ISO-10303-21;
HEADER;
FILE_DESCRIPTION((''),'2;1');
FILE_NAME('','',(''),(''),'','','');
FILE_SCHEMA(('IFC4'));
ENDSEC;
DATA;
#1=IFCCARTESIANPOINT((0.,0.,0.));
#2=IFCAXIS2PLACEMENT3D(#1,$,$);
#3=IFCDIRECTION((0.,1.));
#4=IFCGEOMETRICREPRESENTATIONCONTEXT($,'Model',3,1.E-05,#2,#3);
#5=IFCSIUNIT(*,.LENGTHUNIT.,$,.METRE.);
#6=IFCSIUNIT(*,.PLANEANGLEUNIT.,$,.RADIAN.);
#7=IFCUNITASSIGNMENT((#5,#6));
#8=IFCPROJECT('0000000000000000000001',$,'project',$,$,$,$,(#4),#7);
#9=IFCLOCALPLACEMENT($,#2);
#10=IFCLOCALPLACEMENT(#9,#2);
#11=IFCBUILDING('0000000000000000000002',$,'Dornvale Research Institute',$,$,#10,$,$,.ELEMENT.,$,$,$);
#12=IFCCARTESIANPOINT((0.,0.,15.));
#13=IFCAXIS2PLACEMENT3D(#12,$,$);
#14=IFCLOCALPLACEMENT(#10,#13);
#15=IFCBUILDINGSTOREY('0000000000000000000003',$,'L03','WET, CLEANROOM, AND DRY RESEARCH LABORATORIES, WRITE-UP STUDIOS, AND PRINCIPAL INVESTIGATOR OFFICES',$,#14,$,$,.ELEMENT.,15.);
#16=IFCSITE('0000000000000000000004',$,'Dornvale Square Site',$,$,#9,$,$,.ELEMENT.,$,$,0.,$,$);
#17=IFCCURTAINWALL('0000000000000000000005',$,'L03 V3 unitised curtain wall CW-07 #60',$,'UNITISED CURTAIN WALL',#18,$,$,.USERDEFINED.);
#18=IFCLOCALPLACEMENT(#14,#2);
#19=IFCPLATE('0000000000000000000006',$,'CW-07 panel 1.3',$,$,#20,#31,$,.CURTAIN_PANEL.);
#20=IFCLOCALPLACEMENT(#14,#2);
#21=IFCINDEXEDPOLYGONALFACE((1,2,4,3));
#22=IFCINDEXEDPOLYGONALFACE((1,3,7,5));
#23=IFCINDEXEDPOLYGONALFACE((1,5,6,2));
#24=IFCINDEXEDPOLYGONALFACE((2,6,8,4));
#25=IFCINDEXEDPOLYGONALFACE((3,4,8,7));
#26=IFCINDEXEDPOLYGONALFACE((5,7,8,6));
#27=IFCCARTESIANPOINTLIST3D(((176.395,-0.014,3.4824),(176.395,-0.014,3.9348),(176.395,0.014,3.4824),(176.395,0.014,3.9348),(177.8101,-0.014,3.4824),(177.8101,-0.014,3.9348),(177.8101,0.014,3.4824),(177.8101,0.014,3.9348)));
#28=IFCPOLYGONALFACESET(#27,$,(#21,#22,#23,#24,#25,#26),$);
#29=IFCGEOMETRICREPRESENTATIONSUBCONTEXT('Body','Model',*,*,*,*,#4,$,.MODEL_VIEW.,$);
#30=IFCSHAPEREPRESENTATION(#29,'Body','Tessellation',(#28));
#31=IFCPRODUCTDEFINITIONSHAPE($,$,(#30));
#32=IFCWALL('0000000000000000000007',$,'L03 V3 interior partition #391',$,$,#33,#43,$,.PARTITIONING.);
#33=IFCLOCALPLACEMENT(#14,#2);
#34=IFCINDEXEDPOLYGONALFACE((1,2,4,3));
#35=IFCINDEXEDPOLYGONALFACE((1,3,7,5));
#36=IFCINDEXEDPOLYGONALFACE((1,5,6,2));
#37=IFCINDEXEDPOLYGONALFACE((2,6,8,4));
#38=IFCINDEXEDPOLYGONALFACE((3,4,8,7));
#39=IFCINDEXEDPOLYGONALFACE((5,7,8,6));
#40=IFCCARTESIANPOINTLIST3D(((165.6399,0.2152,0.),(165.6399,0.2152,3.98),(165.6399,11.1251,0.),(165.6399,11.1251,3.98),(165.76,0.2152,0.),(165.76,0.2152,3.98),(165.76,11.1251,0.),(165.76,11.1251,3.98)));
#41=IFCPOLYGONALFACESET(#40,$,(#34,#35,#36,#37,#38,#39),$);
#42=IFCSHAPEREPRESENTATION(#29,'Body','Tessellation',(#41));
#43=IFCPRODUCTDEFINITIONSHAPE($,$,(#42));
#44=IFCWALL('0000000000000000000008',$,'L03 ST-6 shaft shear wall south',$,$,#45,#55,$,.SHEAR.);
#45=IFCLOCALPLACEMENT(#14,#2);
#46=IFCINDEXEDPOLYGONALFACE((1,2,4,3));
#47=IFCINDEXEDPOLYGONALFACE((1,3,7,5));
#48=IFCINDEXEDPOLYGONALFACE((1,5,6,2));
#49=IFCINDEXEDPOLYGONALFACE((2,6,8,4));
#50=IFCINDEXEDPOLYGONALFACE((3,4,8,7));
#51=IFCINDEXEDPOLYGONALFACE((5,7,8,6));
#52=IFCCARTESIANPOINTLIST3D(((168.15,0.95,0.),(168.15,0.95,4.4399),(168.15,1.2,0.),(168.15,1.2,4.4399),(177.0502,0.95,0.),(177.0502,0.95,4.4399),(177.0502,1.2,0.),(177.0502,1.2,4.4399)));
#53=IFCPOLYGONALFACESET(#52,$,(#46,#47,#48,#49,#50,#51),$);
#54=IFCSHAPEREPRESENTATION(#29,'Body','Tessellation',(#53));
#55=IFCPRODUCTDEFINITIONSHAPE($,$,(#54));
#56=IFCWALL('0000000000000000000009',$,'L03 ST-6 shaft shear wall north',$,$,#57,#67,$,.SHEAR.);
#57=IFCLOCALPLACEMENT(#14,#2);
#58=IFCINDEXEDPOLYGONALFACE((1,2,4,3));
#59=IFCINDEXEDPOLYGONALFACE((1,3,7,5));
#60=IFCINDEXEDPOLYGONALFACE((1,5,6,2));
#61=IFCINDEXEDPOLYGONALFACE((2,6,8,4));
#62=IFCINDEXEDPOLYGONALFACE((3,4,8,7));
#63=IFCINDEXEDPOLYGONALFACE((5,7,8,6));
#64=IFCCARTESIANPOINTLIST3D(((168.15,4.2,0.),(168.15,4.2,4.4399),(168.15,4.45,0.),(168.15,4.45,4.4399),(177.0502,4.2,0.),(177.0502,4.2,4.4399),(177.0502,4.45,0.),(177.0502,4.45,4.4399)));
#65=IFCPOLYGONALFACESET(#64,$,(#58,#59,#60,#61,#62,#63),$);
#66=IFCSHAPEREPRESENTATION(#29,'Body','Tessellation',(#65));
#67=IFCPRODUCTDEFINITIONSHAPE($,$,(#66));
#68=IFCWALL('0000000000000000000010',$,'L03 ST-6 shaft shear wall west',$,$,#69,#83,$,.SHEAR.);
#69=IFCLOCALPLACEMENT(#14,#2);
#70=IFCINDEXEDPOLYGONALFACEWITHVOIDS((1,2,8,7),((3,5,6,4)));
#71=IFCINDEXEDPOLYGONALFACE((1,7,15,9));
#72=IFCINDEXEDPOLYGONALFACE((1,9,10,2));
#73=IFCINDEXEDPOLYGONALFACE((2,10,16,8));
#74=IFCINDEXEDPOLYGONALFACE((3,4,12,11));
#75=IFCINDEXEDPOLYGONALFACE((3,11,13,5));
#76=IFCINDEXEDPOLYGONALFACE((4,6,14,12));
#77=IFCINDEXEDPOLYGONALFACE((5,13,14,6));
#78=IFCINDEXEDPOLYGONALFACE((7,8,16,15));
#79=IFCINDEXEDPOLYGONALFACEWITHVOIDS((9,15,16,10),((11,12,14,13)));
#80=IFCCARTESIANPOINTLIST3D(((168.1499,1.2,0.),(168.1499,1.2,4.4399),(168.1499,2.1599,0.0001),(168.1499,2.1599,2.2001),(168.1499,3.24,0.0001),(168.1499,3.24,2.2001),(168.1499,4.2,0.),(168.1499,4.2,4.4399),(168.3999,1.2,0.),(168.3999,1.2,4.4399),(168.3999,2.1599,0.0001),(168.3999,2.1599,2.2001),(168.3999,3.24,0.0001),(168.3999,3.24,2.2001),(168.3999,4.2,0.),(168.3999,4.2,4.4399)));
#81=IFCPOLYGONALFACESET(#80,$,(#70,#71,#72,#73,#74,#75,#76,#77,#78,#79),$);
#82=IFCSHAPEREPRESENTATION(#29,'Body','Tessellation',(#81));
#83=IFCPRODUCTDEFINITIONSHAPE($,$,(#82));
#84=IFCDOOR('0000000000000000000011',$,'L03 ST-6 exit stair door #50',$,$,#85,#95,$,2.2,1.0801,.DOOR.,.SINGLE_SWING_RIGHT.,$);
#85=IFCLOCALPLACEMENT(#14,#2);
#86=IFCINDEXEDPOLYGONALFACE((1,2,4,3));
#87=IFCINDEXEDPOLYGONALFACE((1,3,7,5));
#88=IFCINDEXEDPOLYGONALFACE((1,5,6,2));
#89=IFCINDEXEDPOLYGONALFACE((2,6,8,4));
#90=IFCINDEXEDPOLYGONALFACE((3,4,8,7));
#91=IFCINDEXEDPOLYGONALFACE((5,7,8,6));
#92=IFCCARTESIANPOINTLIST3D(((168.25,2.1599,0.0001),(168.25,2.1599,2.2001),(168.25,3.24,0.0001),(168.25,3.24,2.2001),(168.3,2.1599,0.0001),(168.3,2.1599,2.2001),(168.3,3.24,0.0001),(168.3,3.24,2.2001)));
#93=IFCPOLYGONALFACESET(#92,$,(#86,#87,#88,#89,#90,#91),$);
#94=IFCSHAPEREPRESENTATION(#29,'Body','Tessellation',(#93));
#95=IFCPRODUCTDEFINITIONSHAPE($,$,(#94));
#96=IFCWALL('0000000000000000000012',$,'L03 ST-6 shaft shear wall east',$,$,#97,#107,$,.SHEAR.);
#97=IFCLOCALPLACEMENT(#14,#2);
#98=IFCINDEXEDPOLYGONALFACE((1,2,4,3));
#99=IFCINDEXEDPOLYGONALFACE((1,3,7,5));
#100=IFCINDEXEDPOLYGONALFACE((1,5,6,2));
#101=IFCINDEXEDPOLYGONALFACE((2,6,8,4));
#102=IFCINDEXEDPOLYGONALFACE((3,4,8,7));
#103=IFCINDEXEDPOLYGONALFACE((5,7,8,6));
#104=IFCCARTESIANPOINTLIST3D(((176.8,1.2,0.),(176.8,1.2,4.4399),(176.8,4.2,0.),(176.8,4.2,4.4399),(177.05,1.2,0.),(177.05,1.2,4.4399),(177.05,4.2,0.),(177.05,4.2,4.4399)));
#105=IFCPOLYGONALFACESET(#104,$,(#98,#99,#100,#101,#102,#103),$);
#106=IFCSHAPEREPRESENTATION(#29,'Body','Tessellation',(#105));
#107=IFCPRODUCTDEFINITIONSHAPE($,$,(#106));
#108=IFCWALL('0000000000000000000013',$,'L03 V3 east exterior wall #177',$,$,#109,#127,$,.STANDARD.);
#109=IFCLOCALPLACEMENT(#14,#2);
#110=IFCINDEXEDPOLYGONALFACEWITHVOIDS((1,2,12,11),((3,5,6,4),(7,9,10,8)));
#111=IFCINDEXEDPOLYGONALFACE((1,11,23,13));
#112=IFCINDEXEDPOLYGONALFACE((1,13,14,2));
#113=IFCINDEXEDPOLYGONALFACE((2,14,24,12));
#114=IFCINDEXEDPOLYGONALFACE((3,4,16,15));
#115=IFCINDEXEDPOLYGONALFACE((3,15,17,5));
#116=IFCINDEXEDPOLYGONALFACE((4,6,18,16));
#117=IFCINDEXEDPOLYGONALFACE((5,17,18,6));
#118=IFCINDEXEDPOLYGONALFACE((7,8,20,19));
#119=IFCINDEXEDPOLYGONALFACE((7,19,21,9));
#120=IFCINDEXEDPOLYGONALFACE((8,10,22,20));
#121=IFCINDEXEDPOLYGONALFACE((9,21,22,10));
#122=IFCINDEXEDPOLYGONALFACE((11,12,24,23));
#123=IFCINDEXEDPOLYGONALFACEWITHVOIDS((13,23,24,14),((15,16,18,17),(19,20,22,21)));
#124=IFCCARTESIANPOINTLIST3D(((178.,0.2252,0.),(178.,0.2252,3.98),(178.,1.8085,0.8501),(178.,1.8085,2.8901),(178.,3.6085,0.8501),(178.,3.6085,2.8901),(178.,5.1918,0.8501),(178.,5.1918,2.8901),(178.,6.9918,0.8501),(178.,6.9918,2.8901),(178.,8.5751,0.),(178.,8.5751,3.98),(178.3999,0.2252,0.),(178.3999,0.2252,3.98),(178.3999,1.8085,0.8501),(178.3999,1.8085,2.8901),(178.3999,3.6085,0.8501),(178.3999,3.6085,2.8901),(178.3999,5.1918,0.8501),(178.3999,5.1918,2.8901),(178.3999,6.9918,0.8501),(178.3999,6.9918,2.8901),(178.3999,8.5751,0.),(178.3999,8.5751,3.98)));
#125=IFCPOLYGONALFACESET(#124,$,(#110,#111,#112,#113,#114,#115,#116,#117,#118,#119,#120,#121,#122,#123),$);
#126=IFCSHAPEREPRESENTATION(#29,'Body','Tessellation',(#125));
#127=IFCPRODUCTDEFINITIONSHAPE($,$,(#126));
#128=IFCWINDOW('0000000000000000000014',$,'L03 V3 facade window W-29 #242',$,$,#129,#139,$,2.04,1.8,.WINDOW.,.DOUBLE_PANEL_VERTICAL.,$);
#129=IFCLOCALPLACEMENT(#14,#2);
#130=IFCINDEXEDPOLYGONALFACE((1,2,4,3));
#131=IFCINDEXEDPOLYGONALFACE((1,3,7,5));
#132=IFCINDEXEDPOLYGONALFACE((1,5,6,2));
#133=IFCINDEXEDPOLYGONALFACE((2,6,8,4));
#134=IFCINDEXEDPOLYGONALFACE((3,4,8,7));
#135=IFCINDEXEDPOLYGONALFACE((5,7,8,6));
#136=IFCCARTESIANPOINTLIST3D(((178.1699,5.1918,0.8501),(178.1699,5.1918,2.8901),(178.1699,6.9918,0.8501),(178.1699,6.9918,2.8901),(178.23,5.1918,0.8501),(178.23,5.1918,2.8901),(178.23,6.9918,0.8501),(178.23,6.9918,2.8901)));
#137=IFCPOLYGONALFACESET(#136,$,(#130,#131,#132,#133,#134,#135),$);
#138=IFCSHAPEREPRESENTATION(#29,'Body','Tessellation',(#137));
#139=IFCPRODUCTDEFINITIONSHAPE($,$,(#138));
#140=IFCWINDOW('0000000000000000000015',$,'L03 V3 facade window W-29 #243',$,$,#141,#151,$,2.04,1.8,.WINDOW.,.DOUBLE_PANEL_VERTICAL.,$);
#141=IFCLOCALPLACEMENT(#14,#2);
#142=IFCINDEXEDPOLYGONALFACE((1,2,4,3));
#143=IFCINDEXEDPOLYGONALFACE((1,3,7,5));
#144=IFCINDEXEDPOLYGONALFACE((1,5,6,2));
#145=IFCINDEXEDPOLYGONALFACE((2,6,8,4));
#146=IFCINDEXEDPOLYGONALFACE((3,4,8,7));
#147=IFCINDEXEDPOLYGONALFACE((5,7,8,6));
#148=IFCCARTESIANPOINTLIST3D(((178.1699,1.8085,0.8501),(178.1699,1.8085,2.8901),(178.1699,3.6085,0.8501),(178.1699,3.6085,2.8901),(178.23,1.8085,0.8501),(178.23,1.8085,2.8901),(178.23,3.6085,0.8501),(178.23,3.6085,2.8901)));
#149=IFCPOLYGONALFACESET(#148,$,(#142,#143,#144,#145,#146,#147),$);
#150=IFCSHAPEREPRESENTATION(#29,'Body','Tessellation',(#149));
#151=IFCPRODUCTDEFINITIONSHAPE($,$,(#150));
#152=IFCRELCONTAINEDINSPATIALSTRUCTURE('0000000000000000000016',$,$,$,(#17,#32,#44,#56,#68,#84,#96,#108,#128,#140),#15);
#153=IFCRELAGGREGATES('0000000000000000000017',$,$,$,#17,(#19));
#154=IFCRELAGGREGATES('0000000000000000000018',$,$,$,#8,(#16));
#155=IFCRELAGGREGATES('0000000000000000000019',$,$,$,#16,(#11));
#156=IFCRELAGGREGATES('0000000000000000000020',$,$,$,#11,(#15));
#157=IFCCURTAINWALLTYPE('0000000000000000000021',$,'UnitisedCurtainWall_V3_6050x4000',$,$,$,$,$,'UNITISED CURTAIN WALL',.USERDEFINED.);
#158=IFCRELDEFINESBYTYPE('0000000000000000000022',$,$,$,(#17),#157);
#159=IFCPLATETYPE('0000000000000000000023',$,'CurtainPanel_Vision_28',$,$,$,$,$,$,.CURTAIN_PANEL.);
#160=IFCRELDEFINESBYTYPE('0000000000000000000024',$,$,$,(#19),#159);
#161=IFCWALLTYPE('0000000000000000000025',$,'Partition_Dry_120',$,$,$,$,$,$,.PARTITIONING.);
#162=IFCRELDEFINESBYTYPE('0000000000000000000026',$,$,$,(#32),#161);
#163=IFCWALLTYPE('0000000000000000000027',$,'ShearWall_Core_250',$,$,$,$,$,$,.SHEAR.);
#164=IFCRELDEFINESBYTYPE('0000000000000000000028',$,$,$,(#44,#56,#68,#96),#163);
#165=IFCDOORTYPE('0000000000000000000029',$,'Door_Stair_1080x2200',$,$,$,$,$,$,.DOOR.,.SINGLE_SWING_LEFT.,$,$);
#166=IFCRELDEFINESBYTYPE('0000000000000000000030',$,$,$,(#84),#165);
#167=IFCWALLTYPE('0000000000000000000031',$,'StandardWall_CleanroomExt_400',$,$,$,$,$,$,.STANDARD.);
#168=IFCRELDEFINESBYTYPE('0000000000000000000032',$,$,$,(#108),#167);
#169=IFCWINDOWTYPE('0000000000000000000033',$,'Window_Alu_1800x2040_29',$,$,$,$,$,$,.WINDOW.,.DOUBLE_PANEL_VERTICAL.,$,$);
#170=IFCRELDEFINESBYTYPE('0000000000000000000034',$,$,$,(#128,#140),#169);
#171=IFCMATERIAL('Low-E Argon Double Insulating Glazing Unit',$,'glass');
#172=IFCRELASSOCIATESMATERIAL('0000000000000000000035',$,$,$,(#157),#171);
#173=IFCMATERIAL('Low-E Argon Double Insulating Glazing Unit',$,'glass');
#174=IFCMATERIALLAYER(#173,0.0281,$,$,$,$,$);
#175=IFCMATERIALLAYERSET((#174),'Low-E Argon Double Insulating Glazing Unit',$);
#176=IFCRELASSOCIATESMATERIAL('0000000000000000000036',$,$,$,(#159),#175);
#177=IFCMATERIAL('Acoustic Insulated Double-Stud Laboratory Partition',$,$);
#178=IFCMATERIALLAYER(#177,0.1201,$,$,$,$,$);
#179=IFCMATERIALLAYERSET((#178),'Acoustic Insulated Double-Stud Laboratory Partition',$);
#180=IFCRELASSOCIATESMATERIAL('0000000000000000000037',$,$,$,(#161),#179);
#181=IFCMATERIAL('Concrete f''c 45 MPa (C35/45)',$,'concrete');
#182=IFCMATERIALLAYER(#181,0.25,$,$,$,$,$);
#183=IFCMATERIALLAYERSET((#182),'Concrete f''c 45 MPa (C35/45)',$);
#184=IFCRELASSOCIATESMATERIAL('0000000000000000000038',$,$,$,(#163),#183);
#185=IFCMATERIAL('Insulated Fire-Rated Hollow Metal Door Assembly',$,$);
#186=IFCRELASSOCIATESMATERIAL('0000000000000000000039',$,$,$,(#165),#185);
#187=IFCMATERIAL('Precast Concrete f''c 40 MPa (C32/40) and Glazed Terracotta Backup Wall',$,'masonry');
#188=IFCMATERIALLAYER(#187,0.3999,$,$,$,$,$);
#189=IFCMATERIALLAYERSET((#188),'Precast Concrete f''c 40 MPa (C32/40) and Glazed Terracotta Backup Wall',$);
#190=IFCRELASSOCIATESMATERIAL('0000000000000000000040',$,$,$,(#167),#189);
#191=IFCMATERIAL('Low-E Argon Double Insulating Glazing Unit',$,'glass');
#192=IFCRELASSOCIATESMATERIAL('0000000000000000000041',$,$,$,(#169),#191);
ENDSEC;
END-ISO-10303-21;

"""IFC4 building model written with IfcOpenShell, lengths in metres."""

from ifc_helpers import new_model, si_unit, direction, frame, frame_2d, origin, origin_2d, place, context, subcontext, project, spatial, rectangle, extrude, material, layer, layer_set, type_object, element, fill, aggregate, save


model = new_model("IFC4")

# Units and contexts
model_context = context("Model", 3, precision=1e-05, world=origin(), true_north=direction((0.0, 1.0)))
body_context = subcontext(model_context, "Body", "Model", "MODEL_VIEW")
ifc_project = project(units=[si_unit("LENGTHUNIT", "METRE"), si_unit("PLANEANGLEUNIT", "RADIAN")], contexts=[model_context])

# Site, building, storey
site_placement = place(None, origin())
site = spatial("IfcSite", under=ifc_project, at=site_placement, Name="Dornvale Square Site", CompositionType="ELEMENT", RefElevation=0.0)
building_placement = place(site_placement, origin())
building = spatial("IfcBuilding", under=site, at=building_placement, Name="Dornvale Research Institute", CompositionType="ELEMENT")
storey_placement = place(building_placement, frame((0.0, 0.0, 15.0)))
storey = spatial("IfcBuildingStorey", under=building, at=storey_placement, Name="L03", Description="WET, CLEANROOM, AND DRY RESEARCH LABORATORIES, WRITE-UP STUDIOS, AND PRINCIPAL INVESTIGATOR OFFICES", CompositionType="ELEMENT", Elevation=15.0)

# Curtain wall
ifc_material_1 = material(Name="Low-E Argon Double Insulating Glazing Unit", Category="glass")
curtain_wall_type = type_object("IfcCurtainWallType", Name="UnitisedCurtainWall_V3_6050x4000", ElementType="UNITISED CURTAIN WALL", PredefinedType="USERDEFINED", material=ifc_material_1)
curtain_wall_placement = place(storey_placement, origin())
curtain_wall = element("IfcCurtainWall", 1, at=curtain_wall_placement, inside=storey, type_object=curtain_wall_type, Name="L03 V3 unitised curtain wall CW-07 #60", ObjectType="UNITISED CURTAIN WALL", PredefinedType="USERDEFINED")

# Plate
ifc_material_2 = material(Name="Low-E Argon Double Insulating Glazing Unit", Category="glass")
ifc_layer_1 = layer(ifc_material_2, 0.0281)
ifc_layer_set_1 = layer_set([ifc_layer_1], Name="Low-E Argon Double Insulating Glazing Unit")
plate_type_1 = type_object("IfcPlateType", Name="CurtainPanel_Vision_28", PredefinedType="CURTAIN_PANEL", material=ifc_layer_set_1)
plate_1_placement = place(storey_placement, frame((177.1025, 0.0, 3.4824), z_axis=(0.0, 0.0, 1.0), x_axis=(-1.0, 0.0, 0.0)))
plate_1 = element("IfcPlate", 2, at=plate_1_placement, type_object=plate_type_1, Name="CW-07 panel 1.3", PredefinedType="CURTAIN_PANEL", context=body_context, shape_type="SweptSolid", body=[
    extrude(rectangle(XDim=1.415, YDim=0.0281, at=origin_2d()), origin(), (0.0, 0.0, 1.0), 0.4524),
])
aggregate(curtain_wall, [plate_1])

# Walls
ifc_material_3 = material(Name="Acoustic Insulated Double-Stud Laboratory Partition")
ifc_layer_2 = layer(ifc_material_3, 0.1201)
ifc_layer_set_2 = layer_set([ifc_layer_2], Name="Acoustic Insulated Double-Stud Laboratory Partition")
wall_type_1 = type_object("IfcWallType", Name="Partition_Dry_120", PredefinedType="PARTITIONING", material=ifc_layer_set_2)
wall_1_placement = place(storey_placement, frame((165.7, 0.2151, 0.0), z_axis=(0.0, 0.0, 1.0), x_axis=(0.0, 1.0, 0.0)))
element("IfcWall", 3, at=wall_1_placement, inside=storey, type_object=wall_type_1, Name="L03 V3 interior partition #391", PredefinedType="PARTITIONING", context=body_context, shape_type="SweptSolid", body=[
    extrude(rectangle(XDim=10.9099, YDim=0.1201, at=frame_2d((5.4551, 0.0))), origin(), (0.0, 0.0, 1.0), 3.98),
])
ifc_material_4 = material(Name="Concrete f'c 45 MPa (C35/45)", Category="concrete")
ifc_layer_3 = layer(ifc_material_4, 0.25)
ifc_layer_set_3 = layer_set([ifc_layer_3], Name="Concrete f'c 45 MPa (C35/45)")
wall_type_2 = type_object("IfcWallType", Name="ShearWall_Core_250", PredefinedType="SHEAR", material=ifc_layer_set_3)
for number, where, z_axis, x_axis, name in (
    (4, (168.1499, 1.075, 0.0), (0.0, 0.0, 1.0), (1.0, 0.0, 0.0), "L03 ST-6 shaft shear wall south"),
    (5, (168.1499, 4.325, 0.0), (0.0, 0.0, 1.0), (1.0, 0.0, 0.0), "L03 ST-6 shaft shear wall north"),
):
    element("IfcWall", number, at=place(storey_placement, frame(where, z_axis=z_axis, x_axis=x_axis)), inside=storey, type_object=wall_type_2, Name=name, PredefinedType="SHEAR", context=body_context, shape_type="SweptSolid", body=[
        extrude(rectangle(XDim=8.9001, YDim=0.25, at=frame_2d((4.4502, 0.0))), origin(), (0.0, 0.0, 1.0), 4.4399),
    ])

# Wall, opening, door
wall_2_placement = place(storey_placement, frame((168.2749, 1.2, 0.0), z_axis=(0.0, 0.0, 1.0), x_axis=(0.0, 1.0, 0.0)))
wall_2 = element("IfcWall", 6, at=wall_2_placement, inside=storey, type_object=wall_type_2, Name="L03 ST-6 shaft shear wall west", PredefinedType="SHEAR", context=body_context, shape_type="SweptSolid", body=[
    extrude(rectangle(XDim=3.0, YDim=0.25, at=frame_2d((1.5, 0.0))), origin(), (0.0, 0.0, 1.0), 4.4399),
])
opening_1_placement = place(wall_2_placement, frame((0.96, 0.0, 0.0)))
opening_1 = element("IfcOpeningElement", 7, at=opening_1_placement, cuts=wall_2, PredefinedType="OPENING", context=body_context, shape_type="SweptSolid", body=[
    extrude(rectangle(XDim=1.0801, YDim=2.2, at=frame_2d((0.54, 1.1001))), frame((0.0, 0.1399, 0.0), z_axis=(0.0, -1.0, 0.0), x_axis=(1.0, 0.0, 0.0)), (0.0, 0.0, 1.0), 0.28),
])
ifc_material_5 = material(Name="Insulated Fire-Rated Hollow Metal Door Assembly")
door_type = type_object("IfcDoorType", Name="Door_Stair_1080x2200", OperationType="SINGLE_SWING_LEFT", PredefinedType="DOOR", material=ifc_material_5)
door_placement = place(opening_1_placement, origin())
door = element("IfcDoor", 8, at=door_placement, inside=storey, type_object=door_type, Name="L03 ST-6 exit stair door #50", OperationType="SINGLE_SWING_RIGHT", OverallHeight=2.2, OverallWidth=1.0801, PredefinedType="DOOR", context=body_context, shape_type="SweptSolid", body=[
    extrude(rectangle(XDim=1.0801, YDim=2.2, at=frame_2d((0.54, 1.1001))), frame((0.0, 0.0249, 0.0), z_axis=(0.0, -1.0, 0.0), x_axis=(1.0, 0.0, 0.0)), (0.0, 0.0, 1.0), 0.05),
])
fill(opening_1, door)

# Wall
wall_3_placement = place(storey_placement, frame((176.925, 1.2, 0.0), z_axis=(0.0, 0.0, 1.0), x_axis=(0.0, 1.0, 0.0)))
element("IfcWall", 9, at=wall_3_placement, inside=storey, type_object=wall_type_2, Name="L03 ST-6 shaft shear wall east", PredefinedType="SHEAR", context=body_context, shape_type="SweptSolid", body=[
    extrude(rectangle(XDim=3.0, YDim=0.25, at=frame_2d((1.5, 0.0))), origin(), (0.0, 0.0, 1.0), 4.4399),
])

# Wall, openings, windows
ifc_material_6 = material(Name="Precast Concrete f'c 40 MPa (C32/40) and Glazed Terracotta Backup Wall", Category="masonry")
ifc_layer_4 = layer(ifc_material_6, 0.3999)
ifc_layer_set_4 = layer_set([ifc_layer_4], Name="Precast Concrete f'c 40 MPa (C32/40) and Glazed Terracotta Backup Wall")
wall_type_3 = type_object("IfcWallType", Name="StandardWall_CleanroomExt_400", PredefinedType="STANDARD", material=ifc_layer_set_4)
wall_4_placement = place(storey_placement, frame((178.2, 8.575, 0.0), z_axis=(0.0, 0.0, 1.0), x_axis=(0.0, -1.0, 0.0)))
wall_4 = element("IfcWall", 10, at=wall_4_placement, inside=storey, type_object=wall_type_3, Name="L03 V3 east exterior wall #177", PredefinedType="STANDARD", context=body_context, shape_type="SweptSolid", body=[
    extrude(rectangle(XDim=8.3499, YDim=0.3999, at=frame_2d((4.1748, 0.0))), origin(), (0.0, 0.0, 1.0), 3.98),
])
opening_2_placement = place(wall_4_placement, frame((1.5833, 0.0, 0.8501)))
opening_2 = element("IfcOpeningElement", 11, at=opening_2_placement, cuts=wall_4, PredefinedType="OPENING", context=body_context, shape_type="SweptSolid", body=[
    extrude(rectangle(XDim=1.8, YDim=2.04, at=frame_2d((0.8999, 1.02))), frame((0.0, 0.2148, 0.0), z_axis=(0.0, -1.0, 0.0), x_axis=(1.0, 0.0, 0.0)), (0.0, 0.0, 1.0), 0.4299),
])
opening_3_placement = place(wall_4_placement, frame((4.9666, 0.0, 0.8501)))
opening_3 = element("IfcOpeningElement", 12, at=opening_3_placement, cuts=wall_4, PredefinedType="OPENING", context=body_context, shape_type="SweptSolid", body=[
    extrude(rectangle(XDim=1.8, YDim=2.04, at=frame_2d((0.8999, 1.02))), frame((0.0, 0.2148, 0.0), z_axis=(0.0, -1.0, 0.0), x_axis=(1.0, 0.0, 0.0)), (0.0, 0.0, 1.0), 0.4299),
])
ifc_material_7 = material(Name="Low-E Argon Double Insulating Glazing Unit", Category="glass")
window_type = type_object("IfcWindowType", Name="Window_Alu_1800x2040_29", PartitioningType="DOUBLE_PANEL_VERTICAL", PredefinedType="WINDOW", material=ifc_material_7)
window_1_placement = place(opening_2_placement, origin())
window_1 = element("IfcWindow", 13, at=window_1_placement, inside=storey, type_object=window_type, Name="L03 V3 facade window W-29 #242", OverallHeight=2.04, OverallWidth=1.8, PartitioningType="DOUBLE_PANEL_VERTICAL", PredefinedType="WINDOW", context=body_context, shape_type="SweptSolid", body=[
    extrude(rectangle(XDim=1.8, YDim=2.04, at=frame_2d((0.8999, 1.02))), frame((0.0, 0.03, 0.0), z_axis=(0.0, -1.0, 0.0), x_axis=(1.0, 0.0, 0.0)), (0.0, 0.0, 1.0), 0.0601),
])
fill(opening_2, window_1)
window_2_placement = place(opening_3_placement, origin())
window_2 = element("IfcWindow", 14, at=window_2_placement, inside=storey, type_object=window_type, Name="L03 V3 facade window W-29 #243", OverallHeight=2.04, OverallWidth=1.8, PartitioningType="DOUBLE_PANEL_VERTICAL", PredefinedType="WINDOW", context=body_context, shape_type="SweptSolid", body=[
    extrude(rectangle(XDim=1.8, YDim=2.04, at=frame_2d((0.8999, 1.02))), frame((0.0, 0.03, 0.0), z_axis=(0.0, -1.0, 0.0), x_axis=(1.0, 0.0, 0.0)), (0.0, 0.0, 1.0), 0.0601),
])
fill(opening_3, window_2)

save(model, "model.ifc")
